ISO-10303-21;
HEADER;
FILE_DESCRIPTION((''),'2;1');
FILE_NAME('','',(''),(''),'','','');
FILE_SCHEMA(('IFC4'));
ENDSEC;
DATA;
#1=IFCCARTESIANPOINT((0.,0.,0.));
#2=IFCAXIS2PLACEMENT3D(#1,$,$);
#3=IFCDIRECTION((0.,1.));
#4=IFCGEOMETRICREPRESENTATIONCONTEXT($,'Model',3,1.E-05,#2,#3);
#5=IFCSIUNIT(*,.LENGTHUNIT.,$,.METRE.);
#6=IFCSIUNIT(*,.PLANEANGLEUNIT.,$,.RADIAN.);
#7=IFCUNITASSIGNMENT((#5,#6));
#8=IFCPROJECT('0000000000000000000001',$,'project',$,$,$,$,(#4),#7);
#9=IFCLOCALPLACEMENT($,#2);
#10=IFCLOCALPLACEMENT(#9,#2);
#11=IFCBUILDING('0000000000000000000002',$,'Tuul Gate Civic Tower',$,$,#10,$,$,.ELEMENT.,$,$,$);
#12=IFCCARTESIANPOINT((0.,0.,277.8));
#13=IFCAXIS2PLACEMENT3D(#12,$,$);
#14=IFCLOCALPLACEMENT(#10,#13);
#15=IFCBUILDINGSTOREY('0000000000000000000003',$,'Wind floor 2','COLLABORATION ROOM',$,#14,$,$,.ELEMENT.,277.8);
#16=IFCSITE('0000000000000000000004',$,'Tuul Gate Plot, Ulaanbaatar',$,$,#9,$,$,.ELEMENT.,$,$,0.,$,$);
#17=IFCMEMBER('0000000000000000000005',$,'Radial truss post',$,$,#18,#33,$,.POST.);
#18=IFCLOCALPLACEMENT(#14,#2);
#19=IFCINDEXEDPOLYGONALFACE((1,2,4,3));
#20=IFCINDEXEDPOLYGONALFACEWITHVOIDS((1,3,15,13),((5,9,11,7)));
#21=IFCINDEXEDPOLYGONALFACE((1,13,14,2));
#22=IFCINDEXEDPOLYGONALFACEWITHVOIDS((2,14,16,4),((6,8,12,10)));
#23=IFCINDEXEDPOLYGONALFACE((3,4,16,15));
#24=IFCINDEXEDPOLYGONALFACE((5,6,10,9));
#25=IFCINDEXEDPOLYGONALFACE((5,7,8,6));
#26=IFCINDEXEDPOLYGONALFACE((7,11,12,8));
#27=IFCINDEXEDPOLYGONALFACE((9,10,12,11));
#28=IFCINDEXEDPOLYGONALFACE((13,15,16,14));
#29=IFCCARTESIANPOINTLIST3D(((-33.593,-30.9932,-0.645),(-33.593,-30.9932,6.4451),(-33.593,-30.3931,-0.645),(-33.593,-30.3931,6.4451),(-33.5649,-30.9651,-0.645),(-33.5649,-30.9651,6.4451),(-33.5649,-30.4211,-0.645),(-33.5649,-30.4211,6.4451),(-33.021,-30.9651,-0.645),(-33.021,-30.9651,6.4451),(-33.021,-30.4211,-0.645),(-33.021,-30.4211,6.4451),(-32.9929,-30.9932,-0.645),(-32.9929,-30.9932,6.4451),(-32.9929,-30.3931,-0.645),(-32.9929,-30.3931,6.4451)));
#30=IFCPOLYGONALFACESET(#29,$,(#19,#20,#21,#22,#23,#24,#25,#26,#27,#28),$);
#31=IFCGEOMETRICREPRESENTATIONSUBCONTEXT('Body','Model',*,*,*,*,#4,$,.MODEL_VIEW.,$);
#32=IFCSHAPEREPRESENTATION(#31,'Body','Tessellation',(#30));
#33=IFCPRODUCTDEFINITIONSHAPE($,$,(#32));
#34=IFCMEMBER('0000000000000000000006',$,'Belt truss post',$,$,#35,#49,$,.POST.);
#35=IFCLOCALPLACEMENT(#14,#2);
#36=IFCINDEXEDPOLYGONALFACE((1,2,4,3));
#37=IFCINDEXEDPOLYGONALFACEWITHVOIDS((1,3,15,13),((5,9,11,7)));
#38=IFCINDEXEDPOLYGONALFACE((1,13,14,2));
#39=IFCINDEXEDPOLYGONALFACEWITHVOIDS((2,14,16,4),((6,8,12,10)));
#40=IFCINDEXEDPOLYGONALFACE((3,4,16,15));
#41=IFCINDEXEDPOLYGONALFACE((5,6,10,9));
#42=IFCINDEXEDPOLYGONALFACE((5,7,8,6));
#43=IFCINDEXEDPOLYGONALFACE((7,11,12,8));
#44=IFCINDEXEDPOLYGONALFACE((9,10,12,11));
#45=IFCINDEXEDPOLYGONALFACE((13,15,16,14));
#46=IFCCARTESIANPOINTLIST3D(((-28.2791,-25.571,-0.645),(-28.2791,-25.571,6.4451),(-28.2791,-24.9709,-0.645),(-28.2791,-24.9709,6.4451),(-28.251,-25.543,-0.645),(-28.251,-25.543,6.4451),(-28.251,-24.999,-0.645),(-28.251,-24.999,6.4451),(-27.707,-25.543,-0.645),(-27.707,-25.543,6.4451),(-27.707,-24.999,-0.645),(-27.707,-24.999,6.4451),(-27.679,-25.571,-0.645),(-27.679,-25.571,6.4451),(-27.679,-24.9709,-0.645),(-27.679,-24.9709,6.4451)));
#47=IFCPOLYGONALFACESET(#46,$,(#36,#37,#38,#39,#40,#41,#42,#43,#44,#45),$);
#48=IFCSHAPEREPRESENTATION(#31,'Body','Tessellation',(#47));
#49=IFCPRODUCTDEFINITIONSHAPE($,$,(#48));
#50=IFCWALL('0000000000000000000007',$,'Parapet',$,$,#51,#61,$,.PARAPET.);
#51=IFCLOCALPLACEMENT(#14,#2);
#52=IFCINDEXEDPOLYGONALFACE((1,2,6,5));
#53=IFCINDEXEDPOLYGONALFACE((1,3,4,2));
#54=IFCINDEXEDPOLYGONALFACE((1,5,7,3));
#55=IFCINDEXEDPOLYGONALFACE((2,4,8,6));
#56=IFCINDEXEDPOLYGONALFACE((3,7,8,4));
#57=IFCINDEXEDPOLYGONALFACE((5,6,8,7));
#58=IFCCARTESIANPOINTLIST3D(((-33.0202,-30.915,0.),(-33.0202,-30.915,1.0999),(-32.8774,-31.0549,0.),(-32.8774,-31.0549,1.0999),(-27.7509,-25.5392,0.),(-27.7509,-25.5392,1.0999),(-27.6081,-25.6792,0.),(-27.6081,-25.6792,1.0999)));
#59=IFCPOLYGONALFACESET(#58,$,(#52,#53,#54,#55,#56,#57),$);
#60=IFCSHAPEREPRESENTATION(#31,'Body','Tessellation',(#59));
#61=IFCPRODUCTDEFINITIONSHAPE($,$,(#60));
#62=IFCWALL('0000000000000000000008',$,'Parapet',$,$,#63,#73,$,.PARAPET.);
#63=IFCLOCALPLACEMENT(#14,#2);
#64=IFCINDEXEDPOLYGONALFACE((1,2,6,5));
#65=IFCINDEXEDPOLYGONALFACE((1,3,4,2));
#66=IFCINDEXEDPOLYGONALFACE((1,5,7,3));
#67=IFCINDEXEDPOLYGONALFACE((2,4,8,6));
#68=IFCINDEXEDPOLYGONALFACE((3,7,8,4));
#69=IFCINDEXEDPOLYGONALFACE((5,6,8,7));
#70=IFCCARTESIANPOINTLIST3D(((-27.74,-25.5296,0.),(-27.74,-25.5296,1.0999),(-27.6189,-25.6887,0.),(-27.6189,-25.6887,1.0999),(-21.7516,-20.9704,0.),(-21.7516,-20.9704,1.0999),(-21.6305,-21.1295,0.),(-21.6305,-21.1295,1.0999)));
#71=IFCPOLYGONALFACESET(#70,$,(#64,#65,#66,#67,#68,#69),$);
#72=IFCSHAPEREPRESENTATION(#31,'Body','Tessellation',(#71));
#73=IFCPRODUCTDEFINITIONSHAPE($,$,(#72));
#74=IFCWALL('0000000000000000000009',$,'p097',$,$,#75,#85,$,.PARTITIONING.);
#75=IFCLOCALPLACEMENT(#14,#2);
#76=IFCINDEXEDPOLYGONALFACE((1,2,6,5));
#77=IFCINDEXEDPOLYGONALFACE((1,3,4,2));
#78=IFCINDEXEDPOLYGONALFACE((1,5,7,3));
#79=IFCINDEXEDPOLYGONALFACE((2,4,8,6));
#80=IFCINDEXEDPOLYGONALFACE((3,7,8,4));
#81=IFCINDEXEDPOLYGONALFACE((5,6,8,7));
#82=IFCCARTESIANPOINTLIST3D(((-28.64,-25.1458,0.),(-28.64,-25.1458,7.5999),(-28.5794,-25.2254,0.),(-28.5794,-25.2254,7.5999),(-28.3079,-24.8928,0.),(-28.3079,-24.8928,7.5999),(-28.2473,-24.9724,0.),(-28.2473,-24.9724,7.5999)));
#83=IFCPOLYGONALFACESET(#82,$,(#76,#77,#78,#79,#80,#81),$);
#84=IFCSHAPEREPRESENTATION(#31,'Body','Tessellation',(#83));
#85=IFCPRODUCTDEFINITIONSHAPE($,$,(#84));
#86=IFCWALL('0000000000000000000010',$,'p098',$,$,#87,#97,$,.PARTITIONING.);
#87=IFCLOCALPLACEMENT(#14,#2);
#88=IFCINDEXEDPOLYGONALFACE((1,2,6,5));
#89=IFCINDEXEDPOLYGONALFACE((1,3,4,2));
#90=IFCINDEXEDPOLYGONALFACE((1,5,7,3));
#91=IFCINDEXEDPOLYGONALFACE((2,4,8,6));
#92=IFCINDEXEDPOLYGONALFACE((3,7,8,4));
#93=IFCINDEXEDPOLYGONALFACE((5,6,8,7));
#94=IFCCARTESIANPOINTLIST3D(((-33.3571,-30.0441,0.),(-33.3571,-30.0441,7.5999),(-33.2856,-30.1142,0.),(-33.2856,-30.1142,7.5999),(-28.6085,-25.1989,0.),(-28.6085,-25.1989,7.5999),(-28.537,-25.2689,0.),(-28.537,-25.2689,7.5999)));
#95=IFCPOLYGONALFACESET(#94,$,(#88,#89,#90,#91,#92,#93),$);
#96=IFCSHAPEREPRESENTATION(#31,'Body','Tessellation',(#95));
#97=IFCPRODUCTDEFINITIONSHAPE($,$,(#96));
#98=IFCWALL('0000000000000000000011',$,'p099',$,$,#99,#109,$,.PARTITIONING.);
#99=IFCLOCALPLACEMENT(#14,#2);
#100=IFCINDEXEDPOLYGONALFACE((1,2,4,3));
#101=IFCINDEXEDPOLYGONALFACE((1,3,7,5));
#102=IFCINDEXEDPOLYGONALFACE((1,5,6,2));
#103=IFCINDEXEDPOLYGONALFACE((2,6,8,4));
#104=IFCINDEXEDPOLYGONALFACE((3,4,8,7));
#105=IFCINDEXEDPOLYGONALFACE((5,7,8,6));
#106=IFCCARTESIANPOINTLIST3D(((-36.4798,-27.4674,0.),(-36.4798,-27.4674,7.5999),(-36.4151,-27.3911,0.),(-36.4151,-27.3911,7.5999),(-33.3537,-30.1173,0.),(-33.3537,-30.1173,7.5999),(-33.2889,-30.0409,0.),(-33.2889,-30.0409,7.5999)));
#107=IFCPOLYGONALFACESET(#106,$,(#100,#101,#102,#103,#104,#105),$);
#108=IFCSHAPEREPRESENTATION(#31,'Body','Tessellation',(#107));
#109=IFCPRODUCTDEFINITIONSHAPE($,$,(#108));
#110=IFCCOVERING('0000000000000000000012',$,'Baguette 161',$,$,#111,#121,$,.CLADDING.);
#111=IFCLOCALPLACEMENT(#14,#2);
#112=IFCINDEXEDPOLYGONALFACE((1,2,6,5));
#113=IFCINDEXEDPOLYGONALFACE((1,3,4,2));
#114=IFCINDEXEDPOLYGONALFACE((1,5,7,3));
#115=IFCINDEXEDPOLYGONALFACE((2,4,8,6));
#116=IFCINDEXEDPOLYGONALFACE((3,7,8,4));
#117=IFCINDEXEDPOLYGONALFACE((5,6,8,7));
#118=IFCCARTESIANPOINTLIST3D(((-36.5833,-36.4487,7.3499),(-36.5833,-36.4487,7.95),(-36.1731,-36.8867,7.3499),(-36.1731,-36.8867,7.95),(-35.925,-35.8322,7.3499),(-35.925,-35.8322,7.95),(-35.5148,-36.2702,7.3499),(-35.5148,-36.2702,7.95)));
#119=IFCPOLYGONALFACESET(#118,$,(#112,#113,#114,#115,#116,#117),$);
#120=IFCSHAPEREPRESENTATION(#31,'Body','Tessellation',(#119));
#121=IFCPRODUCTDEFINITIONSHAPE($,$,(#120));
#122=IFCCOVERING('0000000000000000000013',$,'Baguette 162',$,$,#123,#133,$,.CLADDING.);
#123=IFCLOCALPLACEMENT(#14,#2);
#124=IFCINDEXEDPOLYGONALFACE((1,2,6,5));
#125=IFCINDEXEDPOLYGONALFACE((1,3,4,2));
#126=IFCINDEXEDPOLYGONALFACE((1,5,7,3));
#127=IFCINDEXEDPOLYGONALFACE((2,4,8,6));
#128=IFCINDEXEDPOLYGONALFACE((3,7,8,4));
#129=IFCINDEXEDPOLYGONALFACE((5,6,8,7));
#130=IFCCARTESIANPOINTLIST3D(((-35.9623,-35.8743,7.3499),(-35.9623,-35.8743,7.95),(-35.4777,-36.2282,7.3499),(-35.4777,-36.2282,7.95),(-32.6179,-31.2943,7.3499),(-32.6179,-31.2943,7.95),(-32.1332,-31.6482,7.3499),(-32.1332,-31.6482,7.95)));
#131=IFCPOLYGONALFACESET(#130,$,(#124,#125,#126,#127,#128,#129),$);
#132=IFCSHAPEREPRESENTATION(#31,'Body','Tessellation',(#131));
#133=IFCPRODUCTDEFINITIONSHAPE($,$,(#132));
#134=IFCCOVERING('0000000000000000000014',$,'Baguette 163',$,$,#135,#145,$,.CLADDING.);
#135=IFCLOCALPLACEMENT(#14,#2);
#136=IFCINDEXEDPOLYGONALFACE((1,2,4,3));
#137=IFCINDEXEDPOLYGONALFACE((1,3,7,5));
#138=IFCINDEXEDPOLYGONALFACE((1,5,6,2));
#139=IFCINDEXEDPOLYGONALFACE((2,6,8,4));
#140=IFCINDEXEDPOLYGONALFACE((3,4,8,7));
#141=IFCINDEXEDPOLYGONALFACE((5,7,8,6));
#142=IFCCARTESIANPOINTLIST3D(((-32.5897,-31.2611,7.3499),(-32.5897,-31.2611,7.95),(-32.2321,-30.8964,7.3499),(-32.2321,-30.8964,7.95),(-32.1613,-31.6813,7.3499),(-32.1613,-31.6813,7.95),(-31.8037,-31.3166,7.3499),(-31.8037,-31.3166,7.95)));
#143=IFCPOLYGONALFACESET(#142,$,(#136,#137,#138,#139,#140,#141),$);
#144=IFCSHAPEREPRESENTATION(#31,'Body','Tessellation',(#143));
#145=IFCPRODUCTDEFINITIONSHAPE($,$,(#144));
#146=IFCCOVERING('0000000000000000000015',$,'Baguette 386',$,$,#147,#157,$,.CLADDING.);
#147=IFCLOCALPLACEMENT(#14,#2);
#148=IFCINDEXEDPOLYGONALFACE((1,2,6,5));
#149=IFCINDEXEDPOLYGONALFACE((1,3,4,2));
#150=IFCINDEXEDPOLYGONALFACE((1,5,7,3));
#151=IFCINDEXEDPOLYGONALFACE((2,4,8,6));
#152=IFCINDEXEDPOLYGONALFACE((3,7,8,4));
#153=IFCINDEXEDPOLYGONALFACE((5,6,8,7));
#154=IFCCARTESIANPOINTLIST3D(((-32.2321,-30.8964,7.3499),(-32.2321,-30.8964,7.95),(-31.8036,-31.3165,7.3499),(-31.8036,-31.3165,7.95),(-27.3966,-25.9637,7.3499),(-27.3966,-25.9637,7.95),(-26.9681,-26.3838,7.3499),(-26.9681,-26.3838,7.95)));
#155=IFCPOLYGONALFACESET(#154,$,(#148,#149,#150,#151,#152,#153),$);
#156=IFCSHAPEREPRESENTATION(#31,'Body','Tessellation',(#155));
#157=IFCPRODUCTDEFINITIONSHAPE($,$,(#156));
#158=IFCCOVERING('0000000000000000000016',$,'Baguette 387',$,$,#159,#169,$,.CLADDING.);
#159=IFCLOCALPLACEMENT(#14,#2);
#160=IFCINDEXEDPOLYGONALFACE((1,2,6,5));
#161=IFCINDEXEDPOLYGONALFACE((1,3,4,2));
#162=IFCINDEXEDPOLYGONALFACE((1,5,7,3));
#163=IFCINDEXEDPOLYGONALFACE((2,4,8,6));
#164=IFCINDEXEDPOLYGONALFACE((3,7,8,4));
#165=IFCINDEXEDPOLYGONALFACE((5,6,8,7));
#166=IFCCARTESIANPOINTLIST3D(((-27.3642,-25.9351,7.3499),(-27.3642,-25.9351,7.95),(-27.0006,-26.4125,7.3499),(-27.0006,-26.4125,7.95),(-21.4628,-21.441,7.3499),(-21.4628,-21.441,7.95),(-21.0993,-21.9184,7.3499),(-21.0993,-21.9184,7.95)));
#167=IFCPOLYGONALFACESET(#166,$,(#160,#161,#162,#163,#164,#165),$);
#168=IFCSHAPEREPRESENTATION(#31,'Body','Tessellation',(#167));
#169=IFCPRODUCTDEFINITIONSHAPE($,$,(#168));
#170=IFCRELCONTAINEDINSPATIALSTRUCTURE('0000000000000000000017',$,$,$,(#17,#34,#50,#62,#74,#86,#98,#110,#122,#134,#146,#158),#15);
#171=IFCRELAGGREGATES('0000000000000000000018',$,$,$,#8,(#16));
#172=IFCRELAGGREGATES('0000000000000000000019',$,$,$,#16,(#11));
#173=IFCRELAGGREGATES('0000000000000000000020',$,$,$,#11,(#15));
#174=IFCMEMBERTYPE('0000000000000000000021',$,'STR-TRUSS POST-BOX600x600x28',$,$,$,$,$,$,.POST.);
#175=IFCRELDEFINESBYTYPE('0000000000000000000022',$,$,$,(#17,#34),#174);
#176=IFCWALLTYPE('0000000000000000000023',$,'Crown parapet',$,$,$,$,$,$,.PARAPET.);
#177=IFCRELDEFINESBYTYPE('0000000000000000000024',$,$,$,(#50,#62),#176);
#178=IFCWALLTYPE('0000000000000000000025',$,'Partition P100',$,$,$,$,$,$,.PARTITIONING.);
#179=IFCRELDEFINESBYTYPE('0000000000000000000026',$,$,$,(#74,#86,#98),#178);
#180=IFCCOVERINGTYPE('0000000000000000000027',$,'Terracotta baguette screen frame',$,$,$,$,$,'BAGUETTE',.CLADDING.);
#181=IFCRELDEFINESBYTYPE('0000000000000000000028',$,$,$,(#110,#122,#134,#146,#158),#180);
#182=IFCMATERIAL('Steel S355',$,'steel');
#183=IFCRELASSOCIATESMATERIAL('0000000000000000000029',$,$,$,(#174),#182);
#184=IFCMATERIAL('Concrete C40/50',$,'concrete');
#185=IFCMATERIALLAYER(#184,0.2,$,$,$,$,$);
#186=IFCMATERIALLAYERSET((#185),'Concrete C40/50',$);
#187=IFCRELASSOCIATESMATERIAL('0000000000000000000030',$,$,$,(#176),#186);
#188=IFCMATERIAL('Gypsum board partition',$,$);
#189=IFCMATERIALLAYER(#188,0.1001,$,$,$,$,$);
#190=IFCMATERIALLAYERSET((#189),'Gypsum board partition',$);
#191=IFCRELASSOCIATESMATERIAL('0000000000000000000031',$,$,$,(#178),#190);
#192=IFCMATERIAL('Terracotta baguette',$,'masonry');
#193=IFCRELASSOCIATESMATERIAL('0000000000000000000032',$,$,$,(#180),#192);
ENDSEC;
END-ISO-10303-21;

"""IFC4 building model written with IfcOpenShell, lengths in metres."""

from ifc_helpers import new_model, si_unit, direction, frame, frame_2d, origin, origin_2d, place, context, subcontext, project, spatial, rectangle, hollow_rectangle, extrude, material, layer, layer_set, material_profile, profile_set, type_object, element, save


model = new_model("IFC4")

# Units and contexts
model_context = context("Model", 3, precision=1e-05, world=origin(), true_north=direction((0.0, 1.0)))
body_context = subcontext(model_context, "Body", "Model", "MODEL_VIEW")
ifc_project = project(units=[si_unit("LENGTHUNIT", "METRE"), si_unit("PLANEANGLEUNIT", "RADIAN")], contexts=[model_context])

# Site, building, storey
site_placement = place(None, origin())
site = spatial("IfcSite", under=ifc_project, at=site_placement, Name="Tuul Gate Plot, Ulaanbaatar", CompositionType="ELEMENT", RefElevation=0.0)
building_placement = place(site_placement, origin())
building = spatial("IfcBuilding", under=site, at=building_placement, Name="Tuul Gate Civic Tower", CompositionType="ELEMENT")
storey_placement = place(building_placement, frame((0.0, 0.0, 277.8)))
storey = spatial("IfcBuildingStorey", under=building, at=storey_placement, Name="Wind floor 2", Description="COLLABORATION ROOM", CompositionType="ELEMENT", Elevation=277.8)

# Members
ifc_material_1 = material(Name="Steel S355", Category="steel")
ifc_material_profile_1 = material_profile(ifc_material_1, hollow_rectangle(XDim=0.6001, YDim=0.6001, WallThickness=0.0281, at=origin_2d()), Name="BOX600x600x28")
ifc_profile_set_1 = profile_set([ifc_material_profile_1], Name="Steel S355")
member_type_1 = type_object("IfcMemberType", Name="STR-TRUSS POST-BOX600x600x28", PredefinedType="POST", material=ifc_profile_set_1)
for number, where, z_axis, x_axis, name in (
    (1, (-33.293, -30.6931, -0.645), (0.0, 0.0, 1.0), (1.0, 0.0, 0.0), "Radial truss post"),
    (2, (-27.979, -25.271, -0.645), (0.0, 0.0, 1.0), (1.0, 0.0, 0.0), "Belt truss post"),
):
    element("IfcMember", number, at=place(storey_placement, frame(where, z_axis=z_axis, x_axis=x_axis)), inside=storey, type_object=member_type_1, Name=name, PredefinedType="POST", context=body_context, shape_type="SweptSolid", body=[
        extrude(hollow_rectangle(XDim=0.6001, YDim=0.6001, WallThickness=0.0281, at=origin_2d()), origin(), (0.0, 0.0, 1.0), 7.0901),
    ])

# Walls
ifc_material_2 = material(Name="Concrete C40/50", Category="concrete")
ifc_layer_1 = layer(ifc_material_2, 0.2)
ifc_layer_set_1 = layer_set([ifc_layer_1], Name="Concrete C40/50")
wall_type_1 = type_object("IfcWallType", Name="Crown parapet", PredefinedType="PARAPET", material=ifc_layer_set_1)
wall_1_placement = place(storey_placement, frame((-32.9487, -30.9849, 0.0), z_axis=(0.0, 0.0, 1.0), x_axis=(0.700001, 0.714142, 0.0)))
element("IfcWall", 3, at=wall_1_placement, inside=storey, type_object=wall_type_1, Name="Parapet", PredefinedType="PARAPET", context=body_context, shape_type="SweptSolid", body=[
    extrude(rectangle(XDim=7.5276, YDim=0.2, at=frame_2d((3.7637, 0.0))), origin(), (0.0, 0.0, 1.0), 1.0999),
])
wall_2_placement = place(storey_placement, frame((-27.6794, -25.6091, 0.0), z_axis=(0.0, 0.0, 1.0), x_axis=(0.795651, 0.605756, 0.0)))
element("IfcWall", 4, at=wall_2_placement, inside=storey, type_object=wall_type_1, Name="Parapet", PredefinedType="PARAPET", context=body_context, shape_type="SweptSolid", body=[
    extrude(rectangle(XDim=7.5264, YDim=0.2, at=frame_2d((3.7632, 0.0))), origin(), (0.0, 0.0, 1.0), 1.0999),
])
ifc_material_3 = material(Name="Gypsum board partition")
ifc_layer_2 = layer(ifc_material_3, 0.1001)
ifc_layer_set_2 = layer_set([ifc_layer_2], Name="Gypsum board partition")
wall_type_2 = type_object("IfcWallType", Name="Partition P100", PredefinedType="PARTITIONING", material=ifc_layer_set_2)
wall_3_placement = place(storey_placement, frame((-28.2776, -24.9326, 0.0), z_axis=(0.0, 0.0, 1.0), x_axis=(-0.795485, -0.605973, 0.0)))
element("IfcWall", 5, at=wall_3_placement, inside=storey, type_object=wall_type_2, Name="p097", PredefinedType="PARTITIONING", context=body_context, shape_type="SweptSolid", body=[
    extrude(rectangle(XDim=0.4175, YDim=0.1001, at=frame_2d((0.2087, 0.0))), origin(), (0.0, 0.0, 1.0), 7.5999),
])
wall_4_placement = place(storey_placement, frame((-28.5728, -25.2339, 0.0), z_axis=(0.0, 0.0, 1.0), x_axis=(-0.699945, -0.714196, 0.0)))
element("IfcWall", 6, at=wall_4_placement, inside=storey, type_object=wall_type_2, Name="p098", PredefinedType="PARTITIONING", context=body_context, shape_type="SweptSolid", body=[
    extrude(rectangle(XDim=6.7842, YDim=0.1001, at=frame_2d((3.3921, 0.0))), origin(), (0.0, 0.0, 1.0), 7.5999),
])
wall_5_placement = place(storey_placement, frame((-33.3213, -30.0791, 0.0), z_axis=(0.0, 0.0, 1.0), x_axis=(-0.762828, 0.646602, 0.0)))
element("IfcWall", 7, at=wall_5_placement, inside=storey, type_object=wall_type_2, Name="p099", PredefinedType="PARTITIONING", context=body_context, shape_type="SweptSolid", body=[
    extrude(rectangle(XDim=4.0981, YDim=0.1001, at=frame_2d((2.0491, 0.0))), origin(), (0.0, 0.0, 1.0), 7.5999),
])

# Coverings
ifc_material_4 = material(Name="Terracotta baguette", Category="masonry")
ifc_material_profile_2 = material_profile(ifc_material_4, rectangle(XDim=0.6001, YDim=0.6001, at=origin_2d()), Name="Terracotta baguette screen frame")
ifc_profile_set_2 = profile_set([ifc_material_profile_2], Name="Terracotta baguette")
covering_type = type_object("IfcCoveringType", Name="Terracotta baguette screen frame", ElementType="BAGUETTE", PredefinedType="CLADDING", material=ifc_profile_set_2)
covering_1_placement = place(storey_placement, frame((-36.3782, -36.6677, 7.6499), z_axis=(0.729875, 0.683581, 0.0), x_axis=(-0.683581, 0.729875, 0.0)))
element("IfcCovering", 8, at=covering_1_placement, inside=storey, type_object=covering_type, Name="Baguette 161", PredefinedType="CLADDING", context=body_context, shape_type="SweptSolid", body=[
    extrude(rectangle(XDim=0.6001, YDim=0.6001, at=origin_2d()), origin(), (0.0, 0.0, 1.0), 0.9019),
])
covering_2_placement = place(storey_placement, frame((-35.72, -36.0513, 7.6499), z_axis=(0.589729, 0.807601, 0.0), x_axis=(-0.807601, 0.589729, 0.0)))
element("IfcCovering", 9, at=covering_2_placement, inside=storey, type_object=covering_type, Name="Baguette 162", PredefinedType="CLADDING", context=body_context, shape_type="SweptSolid", body=[
    extrude(rectangle(XDim=0.6001, YDim=0.6001, at=origin_2d()), origin(), (0.0, 0.0, 1.0), 5.6711),
])
covering_3_placement = place(storey_placement, frame((-32.3755, -31.4712, 7.6499), z_axis=(0.700143, 0.714003, 0.0), x_axis=(-0.714003, 0.700143, 0.0)))
element("IfcCovering", 10, at=covering_3_placement, inside=storey, type_object=covering_type, Name="Baguette 163", PredefinedType="CLADDING", context=body_context, shape_type="SweptSolid", body=[
    extrude(rectangle(XDim=0.6001, YDim=0.6001, at=origin_2d()), origin(), (0.0, 0.0, 1.0), 0.5107),
])
covering_4_placement = place(storey_placement, frame((-32.0178, -31.1064, 7.6499), z_axis=(0.700038, 0.714105, 0.0), x_axis=(-0.714105, 0.700038, 0.0)))
element("IfcCovering", 11, at=covering_4_placement, inside=storey, type_object=covering_type, Name="Baguette 386", PredefinedType="CLADDING", context=body_context, shape_type="SweptSolid", body=[
    extrude(rectangle(XDim=0.6001, YDim=0.6001, at=origin_2d()), origin(), (0.0, 0.0, 1.0), 6.9075),
])
covering_5_placement = place(storey_placement, frame((-27.1824, -26.1738, 7.6499), z_axis=(0.795571, 0.605861, 0.0), x_axis=(-0.605861, 0.795571, 0.0)))
element("IfcCovering", 12, at=covering_5_placement, inside=storey, type_object=covering_type, Name="Baguette 387", PredefinedType="CLADDING", context=body_context, shape_type="SweptSolid", body=[
    extrude(rectangle(XDim=0.6001, YDim=0.6001, at=origin_2d()), origin(), (0.0, 0.0, 1.0), 7.4177),
])

save(model, "model.ifc")
